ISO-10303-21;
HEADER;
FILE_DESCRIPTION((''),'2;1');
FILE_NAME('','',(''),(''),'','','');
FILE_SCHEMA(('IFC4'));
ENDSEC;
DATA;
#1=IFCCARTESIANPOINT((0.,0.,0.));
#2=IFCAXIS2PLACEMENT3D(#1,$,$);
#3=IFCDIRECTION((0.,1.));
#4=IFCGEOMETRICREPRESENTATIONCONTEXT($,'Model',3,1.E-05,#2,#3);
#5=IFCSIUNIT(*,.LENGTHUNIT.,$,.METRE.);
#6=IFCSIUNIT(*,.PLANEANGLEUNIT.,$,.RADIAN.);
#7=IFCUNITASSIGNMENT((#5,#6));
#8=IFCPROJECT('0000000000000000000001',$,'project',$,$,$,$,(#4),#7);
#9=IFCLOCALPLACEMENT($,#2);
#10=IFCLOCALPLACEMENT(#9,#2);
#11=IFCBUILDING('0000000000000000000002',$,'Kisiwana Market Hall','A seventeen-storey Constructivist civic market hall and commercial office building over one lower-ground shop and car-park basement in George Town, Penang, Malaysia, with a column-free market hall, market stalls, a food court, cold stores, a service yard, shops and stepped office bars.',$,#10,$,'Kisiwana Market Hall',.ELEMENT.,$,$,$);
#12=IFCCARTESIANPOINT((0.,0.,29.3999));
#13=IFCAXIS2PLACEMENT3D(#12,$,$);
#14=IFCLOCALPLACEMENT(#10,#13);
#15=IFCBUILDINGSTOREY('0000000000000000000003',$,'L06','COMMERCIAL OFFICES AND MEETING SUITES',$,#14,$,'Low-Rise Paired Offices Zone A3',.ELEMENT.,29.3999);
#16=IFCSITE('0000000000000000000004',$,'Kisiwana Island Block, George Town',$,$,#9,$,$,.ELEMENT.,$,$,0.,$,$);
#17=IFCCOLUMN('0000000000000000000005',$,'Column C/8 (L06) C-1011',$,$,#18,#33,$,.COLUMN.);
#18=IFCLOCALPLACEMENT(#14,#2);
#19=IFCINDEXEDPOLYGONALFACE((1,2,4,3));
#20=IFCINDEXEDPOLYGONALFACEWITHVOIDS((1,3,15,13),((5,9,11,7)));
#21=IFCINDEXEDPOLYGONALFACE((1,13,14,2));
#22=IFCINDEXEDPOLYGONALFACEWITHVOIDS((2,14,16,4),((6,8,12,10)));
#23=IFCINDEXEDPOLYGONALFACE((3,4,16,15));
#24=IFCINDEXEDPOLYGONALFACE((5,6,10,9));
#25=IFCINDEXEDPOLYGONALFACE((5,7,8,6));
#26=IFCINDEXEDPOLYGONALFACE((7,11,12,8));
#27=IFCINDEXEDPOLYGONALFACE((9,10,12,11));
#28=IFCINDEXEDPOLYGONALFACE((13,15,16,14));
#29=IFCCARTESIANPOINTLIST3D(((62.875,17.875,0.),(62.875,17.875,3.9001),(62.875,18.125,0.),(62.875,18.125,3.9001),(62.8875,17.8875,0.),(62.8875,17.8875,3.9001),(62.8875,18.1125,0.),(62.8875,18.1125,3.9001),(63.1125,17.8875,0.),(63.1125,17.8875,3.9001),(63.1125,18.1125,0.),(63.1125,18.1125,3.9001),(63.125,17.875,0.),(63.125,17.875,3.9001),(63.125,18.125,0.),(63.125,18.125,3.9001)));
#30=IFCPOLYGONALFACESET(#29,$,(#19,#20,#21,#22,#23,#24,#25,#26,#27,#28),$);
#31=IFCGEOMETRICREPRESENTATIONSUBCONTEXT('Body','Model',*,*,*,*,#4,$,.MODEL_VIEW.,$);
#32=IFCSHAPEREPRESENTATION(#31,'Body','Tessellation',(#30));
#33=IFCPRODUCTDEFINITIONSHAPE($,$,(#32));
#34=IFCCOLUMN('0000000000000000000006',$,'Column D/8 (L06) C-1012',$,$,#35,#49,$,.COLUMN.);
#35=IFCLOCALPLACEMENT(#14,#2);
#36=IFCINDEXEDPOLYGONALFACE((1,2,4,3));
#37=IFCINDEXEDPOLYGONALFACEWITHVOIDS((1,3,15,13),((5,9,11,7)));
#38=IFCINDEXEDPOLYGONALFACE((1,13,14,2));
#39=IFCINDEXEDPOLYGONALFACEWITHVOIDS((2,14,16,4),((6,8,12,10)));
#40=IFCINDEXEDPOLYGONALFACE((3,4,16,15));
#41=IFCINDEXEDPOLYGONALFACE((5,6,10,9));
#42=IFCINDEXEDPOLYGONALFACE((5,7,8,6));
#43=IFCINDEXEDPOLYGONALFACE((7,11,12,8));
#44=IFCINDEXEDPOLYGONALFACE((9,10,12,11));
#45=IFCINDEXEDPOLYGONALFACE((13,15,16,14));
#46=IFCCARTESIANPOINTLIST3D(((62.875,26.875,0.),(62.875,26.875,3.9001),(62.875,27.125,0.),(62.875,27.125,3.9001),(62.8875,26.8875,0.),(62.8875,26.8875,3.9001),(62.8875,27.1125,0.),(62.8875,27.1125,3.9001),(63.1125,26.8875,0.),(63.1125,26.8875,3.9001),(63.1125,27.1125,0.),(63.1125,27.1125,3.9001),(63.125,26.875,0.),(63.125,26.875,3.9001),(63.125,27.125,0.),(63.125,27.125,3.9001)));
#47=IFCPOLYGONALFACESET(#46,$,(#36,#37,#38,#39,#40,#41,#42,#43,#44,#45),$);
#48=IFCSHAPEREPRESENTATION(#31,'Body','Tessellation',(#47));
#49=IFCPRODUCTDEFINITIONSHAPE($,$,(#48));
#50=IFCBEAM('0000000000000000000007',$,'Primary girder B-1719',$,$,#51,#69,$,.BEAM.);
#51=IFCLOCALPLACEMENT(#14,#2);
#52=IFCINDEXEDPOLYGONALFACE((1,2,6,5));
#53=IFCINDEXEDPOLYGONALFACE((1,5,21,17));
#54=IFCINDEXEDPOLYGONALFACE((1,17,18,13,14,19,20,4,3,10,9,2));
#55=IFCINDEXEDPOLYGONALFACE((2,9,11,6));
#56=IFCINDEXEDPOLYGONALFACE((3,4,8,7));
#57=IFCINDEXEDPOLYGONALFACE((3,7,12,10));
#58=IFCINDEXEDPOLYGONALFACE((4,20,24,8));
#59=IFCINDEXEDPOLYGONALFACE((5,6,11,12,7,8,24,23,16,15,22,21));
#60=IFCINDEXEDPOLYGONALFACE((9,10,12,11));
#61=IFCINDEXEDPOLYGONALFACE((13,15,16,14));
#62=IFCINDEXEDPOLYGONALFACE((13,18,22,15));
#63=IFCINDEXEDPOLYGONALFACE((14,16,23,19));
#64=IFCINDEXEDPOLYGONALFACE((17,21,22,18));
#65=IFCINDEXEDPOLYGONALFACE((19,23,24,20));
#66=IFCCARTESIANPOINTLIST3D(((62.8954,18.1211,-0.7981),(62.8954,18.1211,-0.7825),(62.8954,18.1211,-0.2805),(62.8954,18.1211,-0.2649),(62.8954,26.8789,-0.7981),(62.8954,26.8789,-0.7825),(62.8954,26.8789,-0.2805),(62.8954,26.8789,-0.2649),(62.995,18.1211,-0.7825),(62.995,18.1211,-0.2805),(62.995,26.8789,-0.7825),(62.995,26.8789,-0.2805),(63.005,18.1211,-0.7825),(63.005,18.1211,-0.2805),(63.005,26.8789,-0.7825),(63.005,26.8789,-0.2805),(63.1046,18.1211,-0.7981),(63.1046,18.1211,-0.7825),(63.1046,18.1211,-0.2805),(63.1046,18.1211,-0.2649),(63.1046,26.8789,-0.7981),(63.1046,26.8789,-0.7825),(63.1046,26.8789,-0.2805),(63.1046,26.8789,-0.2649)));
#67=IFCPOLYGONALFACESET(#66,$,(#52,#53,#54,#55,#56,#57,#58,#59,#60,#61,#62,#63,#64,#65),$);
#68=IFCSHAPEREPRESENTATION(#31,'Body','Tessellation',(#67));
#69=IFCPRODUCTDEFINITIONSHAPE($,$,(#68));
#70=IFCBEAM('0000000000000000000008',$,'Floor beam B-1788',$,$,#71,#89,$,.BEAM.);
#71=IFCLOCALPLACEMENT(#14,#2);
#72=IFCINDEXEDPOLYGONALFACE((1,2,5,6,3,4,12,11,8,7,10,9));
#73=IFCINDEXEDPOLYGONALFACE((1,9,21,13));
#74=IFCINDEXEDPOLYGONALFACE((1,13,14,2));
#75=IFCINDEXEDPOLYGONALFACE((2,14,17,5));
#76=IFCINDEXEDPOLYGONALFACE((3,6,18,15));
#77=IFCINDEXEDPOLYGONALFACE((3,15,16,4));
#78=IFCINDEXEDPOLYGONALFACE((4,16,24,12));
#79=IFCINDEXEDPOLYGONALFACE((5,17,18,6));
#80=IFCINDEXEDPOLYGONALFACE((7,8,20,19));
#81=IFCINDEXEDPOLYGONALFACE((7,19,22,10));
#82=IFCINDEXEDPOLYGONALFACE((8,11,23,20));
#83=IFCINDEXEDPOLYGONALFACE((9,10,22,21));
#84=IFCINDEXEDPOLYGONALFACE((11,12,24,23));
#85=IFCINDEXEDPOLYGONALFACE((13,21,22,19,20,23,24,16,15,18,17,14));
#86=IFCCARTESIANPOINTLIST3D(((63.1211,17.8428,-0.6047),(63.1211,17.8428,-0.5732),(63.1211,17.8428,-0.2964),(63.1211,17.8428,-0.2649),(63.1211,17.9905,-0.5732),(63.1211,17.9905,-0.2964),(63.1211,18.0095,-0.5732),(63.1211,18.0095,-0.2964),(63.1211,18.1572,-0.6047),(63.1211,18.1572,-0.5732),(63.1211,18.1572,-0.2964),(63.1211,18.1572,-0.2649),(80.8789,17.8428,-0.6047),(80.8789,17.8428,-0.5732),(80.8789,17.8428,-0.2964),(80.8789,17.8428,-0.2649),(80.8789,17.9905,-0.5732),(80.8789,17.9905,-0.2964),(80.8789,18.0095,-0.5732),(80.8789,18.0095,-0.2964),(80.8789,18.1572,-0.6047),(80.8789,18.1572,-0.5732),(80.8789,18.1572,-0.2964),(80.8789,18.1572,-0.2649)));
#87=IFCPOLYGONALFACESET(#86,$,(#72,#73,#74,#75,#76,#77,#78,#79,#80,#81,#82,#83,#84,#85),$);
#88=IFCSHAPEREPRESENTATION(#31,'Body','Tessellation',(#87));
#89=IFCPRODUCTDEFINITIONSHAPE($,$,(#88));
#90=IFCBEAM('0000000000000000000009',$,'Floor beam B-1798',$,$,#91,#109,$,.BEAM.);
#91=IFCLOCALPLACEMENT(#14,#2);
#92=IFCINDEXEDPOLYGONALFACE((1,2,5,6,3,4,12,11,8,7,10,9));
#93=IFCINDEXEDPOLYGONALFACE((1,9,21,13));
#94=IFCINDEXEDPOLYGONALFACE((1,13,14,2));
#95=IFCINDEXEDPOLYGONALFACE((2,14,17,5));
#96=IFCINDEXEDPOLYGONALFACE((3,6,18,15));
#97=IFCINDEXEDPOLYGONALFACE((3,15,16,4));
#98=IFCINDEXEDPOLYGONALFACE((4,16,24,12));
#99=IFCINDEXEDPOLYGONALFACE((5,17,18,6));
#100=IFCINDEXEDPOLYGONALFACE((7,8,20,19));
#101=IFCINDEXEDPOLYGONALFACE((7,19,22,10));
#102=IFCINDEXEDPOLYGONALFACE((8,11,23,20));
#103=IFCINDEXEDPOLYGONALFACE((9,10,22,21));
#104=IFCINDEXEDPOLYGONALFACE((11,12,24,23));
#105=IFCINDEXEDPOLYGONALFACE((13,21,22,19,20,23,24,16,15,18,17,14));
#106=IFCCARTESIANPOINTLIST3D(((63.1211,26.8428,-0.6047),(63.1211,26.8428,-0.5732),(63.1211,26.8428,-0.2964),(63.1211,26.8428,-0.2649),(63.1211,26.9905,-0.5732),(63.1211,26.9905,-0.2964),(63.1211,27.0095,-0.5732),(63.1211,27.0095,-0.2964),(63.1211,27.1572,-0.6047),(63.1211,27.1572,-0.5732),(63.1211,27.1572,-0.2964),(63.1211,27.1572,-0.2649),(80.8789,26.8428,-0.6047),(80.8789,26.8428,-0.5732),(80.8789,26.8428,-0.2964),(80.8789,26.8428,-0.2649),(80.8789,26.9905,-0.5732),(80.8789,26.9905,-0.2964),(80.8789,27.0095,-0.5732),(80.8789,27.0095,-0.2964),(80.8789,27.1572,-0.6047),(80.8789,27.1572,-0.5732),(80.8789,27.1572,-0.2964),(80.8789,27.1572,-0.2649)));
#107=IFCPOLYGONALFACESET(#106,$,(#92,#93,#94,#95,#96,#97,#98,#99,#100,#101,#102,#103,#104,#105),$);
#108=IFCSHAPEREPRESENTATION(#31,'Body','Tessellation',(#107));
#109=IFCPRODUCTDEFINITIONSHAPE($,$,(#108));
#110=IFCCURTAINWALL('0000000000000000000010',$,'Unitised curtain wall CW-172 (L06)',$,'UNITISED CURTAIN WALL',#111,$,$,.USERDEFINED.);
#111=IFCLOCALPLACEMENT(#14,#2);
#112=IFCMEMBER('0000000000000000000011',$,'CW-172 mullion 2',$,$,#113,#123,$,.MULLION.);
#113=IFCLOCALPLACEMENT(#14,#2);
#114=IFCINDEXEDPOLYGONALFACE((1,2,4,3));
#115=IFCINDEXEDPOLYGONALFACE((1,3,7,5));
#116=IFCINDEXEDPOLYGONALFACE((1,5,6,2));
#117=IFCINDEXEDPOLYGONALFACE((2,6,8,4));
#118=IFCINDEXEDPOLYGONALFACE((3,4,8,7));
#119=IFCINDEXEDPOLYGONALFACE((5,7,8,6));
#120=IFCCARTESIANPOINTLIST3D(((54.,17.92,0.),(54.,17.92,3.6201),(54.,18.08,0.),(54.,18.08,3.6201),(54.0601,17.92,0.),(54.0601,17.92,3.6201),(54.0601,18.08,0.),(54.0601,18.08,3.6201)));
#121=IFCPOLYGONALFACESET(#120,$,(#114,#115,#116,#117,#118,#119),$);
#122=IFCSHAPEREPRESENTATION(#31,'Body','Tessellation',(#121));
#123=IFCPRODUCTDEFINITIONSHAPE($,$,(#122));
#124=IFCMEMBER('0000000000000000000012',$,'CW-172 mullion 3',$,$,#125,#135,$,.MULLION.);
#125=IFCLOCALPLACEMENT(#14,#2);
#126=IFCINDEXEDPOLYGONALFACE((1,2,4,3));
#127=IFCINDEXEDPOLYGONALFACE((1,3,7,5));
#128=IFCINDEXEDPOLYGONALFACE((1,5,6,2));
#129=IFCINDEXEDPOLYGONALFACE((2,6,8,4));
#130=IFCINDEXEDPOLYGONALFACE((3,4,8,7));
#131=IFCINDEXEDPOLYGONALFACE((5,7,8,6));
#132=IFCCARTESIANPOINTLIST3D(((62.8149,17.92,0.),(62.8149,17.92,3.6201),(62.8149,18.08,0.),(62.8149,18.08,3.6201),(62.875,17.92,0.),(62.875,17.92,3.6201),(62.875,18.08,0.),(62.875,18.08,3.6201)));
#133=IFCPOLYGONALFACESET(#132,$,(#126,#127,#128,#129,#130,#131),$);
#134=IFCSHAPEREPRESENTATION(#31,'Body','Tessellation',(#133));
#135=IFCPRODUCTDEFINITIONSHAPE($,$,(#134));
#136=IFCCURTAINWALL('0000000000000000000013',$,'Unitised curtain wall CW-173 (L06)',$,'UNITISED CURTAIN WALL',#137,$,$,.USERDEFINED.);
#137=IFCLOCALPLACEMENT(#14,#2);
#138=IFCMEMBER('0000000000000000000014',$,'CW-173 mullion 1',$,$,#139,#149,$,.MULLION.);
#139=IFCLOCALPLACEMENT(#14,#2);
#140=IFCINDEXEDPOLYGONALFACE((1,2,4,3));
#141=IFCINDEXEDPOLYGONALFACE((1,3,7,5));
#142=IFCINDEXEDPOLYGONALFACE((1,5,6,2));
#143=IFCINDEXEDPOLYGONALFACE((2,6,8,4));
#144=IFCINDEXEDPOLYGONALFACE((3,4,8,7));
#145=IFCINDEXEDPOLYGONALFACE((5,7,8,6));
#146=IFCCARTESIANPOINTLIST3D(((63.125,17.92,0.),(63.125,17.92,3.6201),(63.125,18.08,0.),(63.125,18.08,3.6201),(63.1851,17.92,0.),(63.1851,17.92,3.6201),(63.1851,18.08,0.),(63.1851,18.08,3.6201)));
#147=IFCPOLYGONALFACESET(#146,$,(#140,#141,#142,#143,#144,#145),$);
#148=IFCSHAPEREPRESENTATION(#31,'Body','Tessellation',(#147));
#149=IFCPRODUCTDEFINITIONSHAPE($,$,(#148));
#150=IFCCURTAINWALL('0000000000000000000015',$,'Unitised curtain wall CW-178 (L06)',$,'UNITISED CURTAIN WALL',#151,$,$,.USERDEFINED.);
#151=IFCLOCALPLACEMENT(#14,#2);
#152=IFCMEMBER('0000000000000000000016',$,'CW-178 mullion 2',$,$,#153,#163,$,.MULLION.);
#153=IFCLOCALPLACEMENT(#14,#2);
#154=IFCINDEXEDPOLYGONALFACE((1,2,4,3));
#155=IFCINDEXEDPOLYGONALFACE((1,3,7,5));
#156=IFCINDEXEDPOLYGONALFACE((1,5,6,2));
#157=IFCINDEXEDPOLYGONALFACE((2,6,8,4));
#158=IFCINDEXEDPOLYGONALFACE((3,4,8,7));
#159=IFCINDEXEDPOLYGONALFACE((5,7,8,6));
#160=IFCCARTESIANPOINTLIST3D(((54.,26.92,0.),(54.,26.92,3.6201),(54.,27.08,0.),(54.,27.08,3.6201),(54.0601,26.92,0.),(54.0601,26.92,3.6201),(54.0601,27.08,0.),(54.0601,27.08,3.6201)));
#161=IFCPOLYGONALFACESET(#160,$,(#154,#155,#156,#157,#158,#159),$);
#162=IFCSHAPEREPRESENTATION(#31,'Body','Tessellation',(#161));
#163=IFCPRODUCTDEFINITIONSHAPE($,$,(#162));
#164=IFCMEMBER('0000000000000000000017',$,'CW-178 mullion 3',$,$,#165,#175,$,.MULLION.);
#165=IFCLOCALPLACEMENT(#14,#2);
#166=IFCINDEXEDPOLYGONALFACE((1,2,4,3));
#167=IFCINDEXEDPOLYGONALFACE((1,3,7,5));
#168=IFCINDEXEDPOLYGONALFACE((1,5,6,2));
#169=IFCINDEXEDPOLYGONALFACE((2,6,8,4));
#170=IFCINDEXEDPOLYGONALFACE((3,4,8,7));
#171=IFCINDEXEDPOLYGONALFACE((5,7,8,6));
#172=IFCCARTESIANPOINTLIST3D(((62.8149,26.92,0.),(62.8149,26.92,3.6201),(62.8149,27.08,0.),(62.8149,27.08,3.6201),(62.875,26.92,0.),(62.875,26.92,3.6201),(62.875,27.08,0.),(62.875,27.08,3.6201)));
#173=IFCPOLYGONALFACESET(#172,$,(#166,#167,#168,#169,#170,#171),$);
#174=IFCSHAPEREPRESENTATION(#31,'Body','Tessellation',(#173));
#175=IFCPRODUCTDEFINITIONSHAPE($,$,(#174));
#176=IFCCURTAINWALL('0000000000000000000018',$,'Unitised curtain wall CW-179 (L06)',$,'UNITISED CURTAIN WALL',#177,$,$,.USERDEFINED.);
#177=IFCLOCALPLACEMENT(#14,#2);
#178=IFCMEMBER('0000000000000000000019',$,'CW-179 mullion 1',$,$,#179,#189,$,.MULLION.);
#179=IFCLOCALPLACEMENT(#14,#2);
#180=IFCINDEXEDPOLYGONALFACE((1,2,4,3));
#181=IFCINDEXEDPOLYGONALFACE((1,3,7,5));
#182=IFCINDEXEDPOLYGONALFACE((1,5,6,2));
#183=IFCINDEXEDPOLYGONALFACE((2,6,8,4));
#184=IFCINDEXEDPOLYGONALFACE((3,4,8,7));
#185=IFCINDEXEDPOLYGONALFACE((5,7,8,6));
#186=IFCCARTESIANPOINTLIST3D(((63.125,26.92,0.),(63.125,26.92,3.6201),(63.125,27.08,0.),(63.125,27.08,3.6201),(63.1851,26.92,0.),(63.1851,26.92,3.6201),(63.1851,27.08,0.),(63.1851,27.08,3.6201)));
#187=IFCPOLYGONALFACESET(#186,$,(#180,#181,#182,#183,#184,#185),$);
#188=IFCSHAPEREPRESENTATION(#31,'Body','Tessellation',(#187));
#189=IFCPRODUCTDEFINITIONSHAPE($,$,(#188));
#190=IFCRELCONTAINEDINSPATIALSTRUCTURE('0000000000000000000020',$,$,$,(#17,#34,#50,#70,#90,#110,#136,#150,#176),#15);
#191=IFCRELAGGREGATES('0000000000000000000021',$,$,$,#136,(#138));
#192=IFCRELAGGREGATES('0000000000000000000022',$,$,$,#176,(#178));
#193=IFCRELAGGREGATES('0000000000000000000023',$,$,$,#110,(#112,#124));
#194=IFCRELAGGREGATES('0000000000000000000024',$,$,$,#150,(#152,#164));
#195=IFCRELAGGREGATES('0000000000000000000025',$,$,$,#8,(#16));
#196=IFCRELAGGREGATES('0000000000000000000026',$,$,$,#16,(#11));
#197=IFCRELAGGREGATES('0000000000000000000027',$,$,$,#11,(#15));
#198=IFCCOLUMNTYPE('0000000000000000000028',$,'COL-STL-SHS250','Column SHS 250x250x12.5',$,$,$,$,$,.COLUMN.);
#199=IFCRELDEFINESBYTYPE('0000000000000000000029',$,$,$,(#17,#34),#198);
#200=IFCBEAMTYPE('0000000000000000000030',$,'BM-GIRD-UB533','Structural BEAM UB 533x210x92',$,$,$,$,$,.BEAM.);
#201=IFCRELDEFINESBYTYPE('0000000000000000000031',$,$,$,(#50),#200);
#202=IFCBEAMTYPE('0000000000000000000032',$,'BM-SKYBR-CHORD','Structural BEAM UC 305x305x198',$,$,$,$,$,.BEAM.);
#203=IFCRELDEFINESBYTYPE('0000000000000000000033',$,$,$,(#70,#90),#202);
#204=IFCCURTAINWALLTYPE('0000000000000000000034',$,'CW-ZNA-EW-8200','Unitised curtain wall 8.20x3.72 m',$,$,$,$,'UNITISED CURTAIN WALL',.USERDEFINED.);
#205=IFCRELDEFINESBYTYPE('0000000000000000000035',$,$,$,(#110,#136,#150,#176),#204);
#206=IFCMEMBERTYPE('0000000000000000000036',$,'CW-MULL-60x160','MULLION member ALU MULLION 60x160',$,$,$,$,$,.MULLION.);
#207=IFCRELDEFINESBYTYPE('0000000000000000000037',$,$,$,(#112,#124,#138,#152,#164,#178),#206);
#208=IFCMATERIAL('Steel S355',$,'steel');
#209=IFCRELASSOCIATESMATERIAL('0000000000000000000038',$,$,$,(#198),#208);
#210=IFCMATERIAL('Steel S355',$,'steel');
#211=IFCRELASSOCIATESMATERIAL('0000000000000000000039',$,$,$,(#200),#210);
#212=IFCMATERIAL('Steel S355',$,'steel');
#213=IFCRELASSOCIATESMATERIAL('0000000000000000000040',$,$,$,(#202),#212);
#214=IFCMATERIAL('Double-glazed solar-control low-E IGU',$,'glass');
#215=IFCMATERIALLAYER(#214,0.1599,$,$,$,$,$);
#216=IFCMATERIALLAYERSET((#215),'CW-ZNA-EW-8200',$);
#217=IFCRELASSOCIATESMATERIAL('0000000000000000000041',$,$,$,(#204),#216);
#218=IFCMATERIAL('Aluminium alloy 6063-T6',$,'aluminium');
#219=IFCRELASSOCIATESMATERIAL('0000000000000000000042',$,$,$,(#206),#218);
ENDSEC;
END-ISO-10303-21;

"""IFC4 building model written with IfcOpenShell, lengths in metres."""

from ifc_helpers import new_model, si_unit, direction, frame, origin, origin_2d, place, context, subcontext, project, spatial, rectangle, hollow_rectangle, i_section, extrude, material, layer, layer_set, material_profile, profile_set, type_object, element, aggregate, save


model = new_model("IFC4")

# Units and contexts
model_context = context("Model", 3, precision=1e-05, world=origin(), true_north=direction((0.0, 1.0)))
body_context = subcontext(model_context, "Body", "Model", "MODEL_VIEW")
ifc_project = project(units=[si_unit("LENGTHUNIT", "METRE"), si_unit("PLANEANGLEUNIT", "RADIAN")], contexts=[model_context])

# Site, building, storey
site_placement = place(None, origin())
site = spatial("IfcSite", under=ifc_project, at=site_placement, Name="Kisiwana Island Block, George Town", CompositionType="ELEMENT", RefElevation=0.0)
building_placement = place(site_placement, origin())
building = spatial("IfcBuilding", under=site, at=building_placement, Name="Kisiwana Market Hall", Description="A seventeen-storey Constructivist civic market hall and commercial office building over one lower-ground shop and car-park basement in George Town, Penang, Malaysia, with a column-free market hall, market stalls, a food court, cold stores, a service yard, shops and stepped office bars.", LongName="Kisiwana Market Hall", CompositionType="ELEMENT")
storey_placement = place(building_placement, frame((0.0, 0.0, 29.3999)))
storey = spatial("IfcBuildingStorey", under=building, at=storey_placement, Name="L06", Description="COMMERCIAL OFFICES AND MEETING SUITES", LongName="Low-Rise Paired Offices Zone A3", CompositionType="ELEMENT", Elevation=29.3999)

# Columns
ifc_material_1 = material(Name="Steel S355", Category="steel")
ifc_material_profile_1 = material_profile(ifc_material_1, hollow_rectangle(XDim=0.25, YDim=0.25, WallThickness=0.0125, at=origin_2d()), Name="SHS 250x250x12.5")
ifc_profile_set_1 = profile_set([ifc_material_profile_1], Name="Steel S355")
column_type = type_object("IfcColumnType", Name="COL-STL-SHS250", Description="Column SHS 250x250x12.5", PredefinedType="COLUMN", material=ifc_profile_set_1)
for number, where, z_axis, x_axis, name in (
    (1, (63.0, 18.0, 0.0), (0.0, 0.0, 1.0), (1.0, 0.0, 0.0), "Column C/8 (L06) C-1011"),
    (2, (63.0, 27.0, 0.0), (0.0, 0.0, 1.0), (1.0, 0.0, 0.0), "Column D/8 (L06) C-1012"),
):
    element("IfcColumn", number, at=place(storey_placement, frame(where, z_axis=z_axis, x_axis=x_axis)), inside=storey, type_object=column_type, Name=name, PredefinedType="COLUMN", context=body_context, shape_type="SweptSolid", body=[
        extrude(hollow_rectangle(XDim=0.25, YDim=0.25, WallThickness=0.0125, at=origin_2d()), origin(), (0.0, 0.0, 1.0), 3.9001),
    ])

# Beams
ifc_material_2 = material(Name="Steel S355", Category="steel")
ifc_material_profile_2 = material_profile(ifc_material_2, i_section(OverallWidth=0.2092, OverallDepth=0.5332, WebThickness=0.01, FlangeThickness=0.0156, at=origin_2d()), Name="UB 533x210x92")
ifc_profile_set_2 = profile_set([ifc_material_profile_2], Name="Steel S355")
beam_type_1 = type_object("IfcBeamType", Name="BM-GIRD-UB533", Description="Structural BEAM UB 533x210x92", PredefinedType="BEAM", material=ifc_profile_set_2)
beam_placement = place(storey_placement, frame((63.0, 18.1211, -0.5315), z_axis=(0.0, 1.0, 0.0), x_axis=(-1.0, 0.0, 0.0)))
element("IfcBeam", 3, at=beam_placement, inside=storey, type_object=beam_type_1, Name="Primary girder B-1719", PredefinedType="BEAM", context=body_context, shape_type="SweptSolid", body=[
    extrude(i_section(OverallWidth=0.2092, OverallDepth=0.5332, WebThickness=0.01, FlangeThickness=0.0156, at=origin_2d()), origin(), (0.0, 0.0, 1.0), 8.7578),
])
ifc_material_3 = material(Name="Steel S355", Category="steel")
ifc_material_profile_3 = material_profile(ifc_material_3, i_section(OverallWidth=0.3145, OverallDepth=0.3398, WebThickness=0.019, FlangeThickness=0.0315, at=origin_2d()), Name="UC 305x305x198")
ifc_profile_set_3 = profile_set([ifc_material_profile_3], Name="Steel S355")
beam_type_2 = type_object("IfcBeamType", Name="BM-SKYBR-CHORD", Description="Structural BEAM UC 305x305x198", PredefinedType="BEAM", material=ifc_profile_set_3)
for number, where, z_axis, x_axis, name in (
    (4, (63.1211, 18.0, -0.4348), (1.0, 0.0, 0.0), (0.0, 1.0, 0.0), "Floor beam B-1788"),
    (5, (63.1211, 27.0, -0.4348), (1.0, 0.0, 0.0), (0.0, 1.0, 0.0), "Floor beam B-1798"),
):
    element("IfcBeam", number, at=place(storey_placement, frame(where, z_axis=z_axis, x_axis=x_axis)), inside=storey, type_object=beam_type_2, Name=name, PredefinedType="BEAM", context=body_context, shape_type="SweptSolid", body=[
        extrude(i_section(OverallWidth=0.3145, OverallDepth=0.3398, WebThickness=0.019, FlangeThickness=0.0315, at=origin_2d()), origin(), (0.0, 0.0, 1.0), 17.7578),
    ])

# Curtain wall, members
ifc_material_4 = material(Name="Double-glazed solar-control low-E IGU", Category="glass")
ifc_layer_1 = layer(ifc_material_4, 0.1599)
ifc_layer_set_1 = layer_set([ifc_layer_1], Name="CW-ZNA-EW-8200")
curtain_wall_type = type_object("IfcCurtainWallType", Name="CW-ZNA-EW-8200", Description="Unitised curtain wall 8.20x3.72 m", ElementType="UNITISED CURTAIN WALL", PredefinedType="USERDEFINED", material=ifc_layer_set_1)
curtain_wall_1_placement = place(storey_placement, origin())
curtain_wall_1 = element("IfcCurtainWall", 6, at=curtain_wall_1_placement, inside=storey, type_object=curtain_wall_type, Name="Unitised curtain wall CW-172 (L06)", ObjectType="UNITISED CURTAIN WALL", PredefinedType="USERDEFINED")
ifc_material_5 = material(Name="Aluminium alloy 6063-T6", Category="aluminium")
ifc_material_profile_4 = material_profile(ifc_material_5, rectangle(XDim=0.0601, YDim=0.1599, at=origin_2d()), Name="ALU MULLION 60x160")
ifc_profile_set_4 = profile_set([ifc_material_profile_4], Name="Aluminium alloy 6063-T6")
member_type_1 = type_object("IfcMemberType", Name="CW-MULL-60x160", Description="MULLION member ALU MULLION 60x160", PredefinedType="MULLION", material=ifc_profile_set_4)
member_1_placement = place(storey_placement, frame((54.03, 18.0, 0.0), z_axis=(0.0, 0.0, 1.0), x_axis=(1.0, 0.0, 0.0)))
member_1 = element("IfcMember", 7, at=member_1_placement, type_object=member_type_1, Name="CW-172 mullion 2", PredefinedType="MULLION", context=body_context, shape_type="SweptSolid", body=[
    extrude(rectangle(XDim=0.0601, YDim=0.1599, at=origin_2d()), origin(), (0.0, 0.0, 1.0), 3.6201),
])
member_2_placement = place(storey_placement, frame((62.845, 18.0, 0.0), z_axis=(0.0, 0.0, 1.0), x_axis=(1.0, 0.0, 0.0)))
member_2 = element("IfcMember", 8, at=member_2_placement, type_object=member_type_1, Name="CW-172 mullion 3", PredefinedType="MULLION", context=body_context, shape_type="SweptSolid", body=[
    extrude(rectangle(XDim=0.0601, YDim=0.1599, at=origin_2d()), origin(), (0.0, 0.0, 1.0), 3.6201),
])

# Curtain wall, member
curtain_wall_2_placement = place(storey_placement, origin())
curtain_wall_2 = element("IfcCurtainWall", 9, at=curtain_wall_2_placement, inside=storey, type_object=curtain_wall_type, Name="Unitised curtain wall CW-173 (L06)", ObjectType="UNITISED CURTAIN WALL", PredefinedType="USERDEFINED")
member_3_placement = place(storey_placement, frame((63.155, 18.0, 0.0), z_axis=(0.0, 0.0, 1.0), x_axis=(1.0, 0.0, 0.0)))
member_3 = element("IfcMember", 10, at=member_3_placement, type_object=member_type_1, Name="CW-173 mullion 1", PredefinedType="MULLION", context=body_context, shape_type="SweptSolid", body=[
    extrude(rectangle(XDim=0.0601, YDim=0.1599, at=origin_2d()), origin(), (0.0, 0.0, 1.0), 3.6201),
])

# Curtain wall, members
curtain_wall_3_placement = place(storey_placement, origin())
curtain_wall_3 = element("IfcCurtainWall", 11, at=curtain_wall_3_placement, inside=storey, type_object=curtain_wall_type, Name="Unitised curtain wall CW-178 (L06)", ObjectType="UNITISED CURTAIN WALL", PredefinedType="USERDEFINED")
member_4_placement = place(storey_placement, frame((54.03, 27.0, 0.0), z_axis=(0.0, 0.0, 1.0), x_axis=(1.0, 0.0, 0.0)))
member_4 = element("IfcMember", 12, at=member_4_placement, type_object=member_type_1, Name="CW-178 mullion 2", PredefinedType="MULLION", context=body_context, shape_type="SweptSolid", body=[
    extrude(rectangle(XDim=0.0601, YDim=0.1599, at=origin_2d()), origin(), (0.0, 0.0, 1.0), 3.6201),
])
member_5_placement = place(storey_placement, frame((62.845, 27.0, 0.0), z_axis=(0.0, 0.0, 1.0), x_axis=(1.0, 0.0, 0.0)))
member_5 = element("IfcMember", 13, at=member_5_placement, type_object=member_type_1, Name="CW-178 mullion 3", PredefinedType="MULLION", context=body_context, shape_type="SweptSolid", body=[
    extrude(rectangle(XDim=0.0601, YDim=0.1599, at=origin_2d()), origin(), (0.0, 0.0, 1.0), 3.6201),
])

# Curtain wall, member
curtain_wall_4_placement = place(storey_placement, origin())
curtain_wall_4 = element("IfcCurtainWall", 14, at=curtain_wall_4_placement, inside=storey, type_object=curtain_wall_type, Name="Unitised curtain wall CW-179 (L06)", ObjectType="UNITISED CURTAIN WALL", PredefinedType="USERDEFINED")
member_6_placement = place(storey_placement, frame((63.155, 27.0, 0.0), z_axis=(0.0, 0.0, 1.0), x_axis=(1.0, 0.0, 0.0)))
member_6 = element("IfcMember", 15, at=member_6_placement, type_object=member_type_1, Name="CW-179 mullion 1", PredefinedType="MULLION", context=body_context, shape_type="SweptSolid", body=[
    extrude(rectangle(XDim=0.0601, YDim=0.1599, at=origin_2d()), origin(), (0.0, 0.0, 1.0), 3.6201),
])

aggregate(curtain_wall_2, [member_3])
aggregate(curtain_wall_4, [member_6])
aggregate(curtain_wall_1, [member_1, member_2])
aggregate(curtain_wall_3, [member_4, member_5])

save(model, "model.ifc")
